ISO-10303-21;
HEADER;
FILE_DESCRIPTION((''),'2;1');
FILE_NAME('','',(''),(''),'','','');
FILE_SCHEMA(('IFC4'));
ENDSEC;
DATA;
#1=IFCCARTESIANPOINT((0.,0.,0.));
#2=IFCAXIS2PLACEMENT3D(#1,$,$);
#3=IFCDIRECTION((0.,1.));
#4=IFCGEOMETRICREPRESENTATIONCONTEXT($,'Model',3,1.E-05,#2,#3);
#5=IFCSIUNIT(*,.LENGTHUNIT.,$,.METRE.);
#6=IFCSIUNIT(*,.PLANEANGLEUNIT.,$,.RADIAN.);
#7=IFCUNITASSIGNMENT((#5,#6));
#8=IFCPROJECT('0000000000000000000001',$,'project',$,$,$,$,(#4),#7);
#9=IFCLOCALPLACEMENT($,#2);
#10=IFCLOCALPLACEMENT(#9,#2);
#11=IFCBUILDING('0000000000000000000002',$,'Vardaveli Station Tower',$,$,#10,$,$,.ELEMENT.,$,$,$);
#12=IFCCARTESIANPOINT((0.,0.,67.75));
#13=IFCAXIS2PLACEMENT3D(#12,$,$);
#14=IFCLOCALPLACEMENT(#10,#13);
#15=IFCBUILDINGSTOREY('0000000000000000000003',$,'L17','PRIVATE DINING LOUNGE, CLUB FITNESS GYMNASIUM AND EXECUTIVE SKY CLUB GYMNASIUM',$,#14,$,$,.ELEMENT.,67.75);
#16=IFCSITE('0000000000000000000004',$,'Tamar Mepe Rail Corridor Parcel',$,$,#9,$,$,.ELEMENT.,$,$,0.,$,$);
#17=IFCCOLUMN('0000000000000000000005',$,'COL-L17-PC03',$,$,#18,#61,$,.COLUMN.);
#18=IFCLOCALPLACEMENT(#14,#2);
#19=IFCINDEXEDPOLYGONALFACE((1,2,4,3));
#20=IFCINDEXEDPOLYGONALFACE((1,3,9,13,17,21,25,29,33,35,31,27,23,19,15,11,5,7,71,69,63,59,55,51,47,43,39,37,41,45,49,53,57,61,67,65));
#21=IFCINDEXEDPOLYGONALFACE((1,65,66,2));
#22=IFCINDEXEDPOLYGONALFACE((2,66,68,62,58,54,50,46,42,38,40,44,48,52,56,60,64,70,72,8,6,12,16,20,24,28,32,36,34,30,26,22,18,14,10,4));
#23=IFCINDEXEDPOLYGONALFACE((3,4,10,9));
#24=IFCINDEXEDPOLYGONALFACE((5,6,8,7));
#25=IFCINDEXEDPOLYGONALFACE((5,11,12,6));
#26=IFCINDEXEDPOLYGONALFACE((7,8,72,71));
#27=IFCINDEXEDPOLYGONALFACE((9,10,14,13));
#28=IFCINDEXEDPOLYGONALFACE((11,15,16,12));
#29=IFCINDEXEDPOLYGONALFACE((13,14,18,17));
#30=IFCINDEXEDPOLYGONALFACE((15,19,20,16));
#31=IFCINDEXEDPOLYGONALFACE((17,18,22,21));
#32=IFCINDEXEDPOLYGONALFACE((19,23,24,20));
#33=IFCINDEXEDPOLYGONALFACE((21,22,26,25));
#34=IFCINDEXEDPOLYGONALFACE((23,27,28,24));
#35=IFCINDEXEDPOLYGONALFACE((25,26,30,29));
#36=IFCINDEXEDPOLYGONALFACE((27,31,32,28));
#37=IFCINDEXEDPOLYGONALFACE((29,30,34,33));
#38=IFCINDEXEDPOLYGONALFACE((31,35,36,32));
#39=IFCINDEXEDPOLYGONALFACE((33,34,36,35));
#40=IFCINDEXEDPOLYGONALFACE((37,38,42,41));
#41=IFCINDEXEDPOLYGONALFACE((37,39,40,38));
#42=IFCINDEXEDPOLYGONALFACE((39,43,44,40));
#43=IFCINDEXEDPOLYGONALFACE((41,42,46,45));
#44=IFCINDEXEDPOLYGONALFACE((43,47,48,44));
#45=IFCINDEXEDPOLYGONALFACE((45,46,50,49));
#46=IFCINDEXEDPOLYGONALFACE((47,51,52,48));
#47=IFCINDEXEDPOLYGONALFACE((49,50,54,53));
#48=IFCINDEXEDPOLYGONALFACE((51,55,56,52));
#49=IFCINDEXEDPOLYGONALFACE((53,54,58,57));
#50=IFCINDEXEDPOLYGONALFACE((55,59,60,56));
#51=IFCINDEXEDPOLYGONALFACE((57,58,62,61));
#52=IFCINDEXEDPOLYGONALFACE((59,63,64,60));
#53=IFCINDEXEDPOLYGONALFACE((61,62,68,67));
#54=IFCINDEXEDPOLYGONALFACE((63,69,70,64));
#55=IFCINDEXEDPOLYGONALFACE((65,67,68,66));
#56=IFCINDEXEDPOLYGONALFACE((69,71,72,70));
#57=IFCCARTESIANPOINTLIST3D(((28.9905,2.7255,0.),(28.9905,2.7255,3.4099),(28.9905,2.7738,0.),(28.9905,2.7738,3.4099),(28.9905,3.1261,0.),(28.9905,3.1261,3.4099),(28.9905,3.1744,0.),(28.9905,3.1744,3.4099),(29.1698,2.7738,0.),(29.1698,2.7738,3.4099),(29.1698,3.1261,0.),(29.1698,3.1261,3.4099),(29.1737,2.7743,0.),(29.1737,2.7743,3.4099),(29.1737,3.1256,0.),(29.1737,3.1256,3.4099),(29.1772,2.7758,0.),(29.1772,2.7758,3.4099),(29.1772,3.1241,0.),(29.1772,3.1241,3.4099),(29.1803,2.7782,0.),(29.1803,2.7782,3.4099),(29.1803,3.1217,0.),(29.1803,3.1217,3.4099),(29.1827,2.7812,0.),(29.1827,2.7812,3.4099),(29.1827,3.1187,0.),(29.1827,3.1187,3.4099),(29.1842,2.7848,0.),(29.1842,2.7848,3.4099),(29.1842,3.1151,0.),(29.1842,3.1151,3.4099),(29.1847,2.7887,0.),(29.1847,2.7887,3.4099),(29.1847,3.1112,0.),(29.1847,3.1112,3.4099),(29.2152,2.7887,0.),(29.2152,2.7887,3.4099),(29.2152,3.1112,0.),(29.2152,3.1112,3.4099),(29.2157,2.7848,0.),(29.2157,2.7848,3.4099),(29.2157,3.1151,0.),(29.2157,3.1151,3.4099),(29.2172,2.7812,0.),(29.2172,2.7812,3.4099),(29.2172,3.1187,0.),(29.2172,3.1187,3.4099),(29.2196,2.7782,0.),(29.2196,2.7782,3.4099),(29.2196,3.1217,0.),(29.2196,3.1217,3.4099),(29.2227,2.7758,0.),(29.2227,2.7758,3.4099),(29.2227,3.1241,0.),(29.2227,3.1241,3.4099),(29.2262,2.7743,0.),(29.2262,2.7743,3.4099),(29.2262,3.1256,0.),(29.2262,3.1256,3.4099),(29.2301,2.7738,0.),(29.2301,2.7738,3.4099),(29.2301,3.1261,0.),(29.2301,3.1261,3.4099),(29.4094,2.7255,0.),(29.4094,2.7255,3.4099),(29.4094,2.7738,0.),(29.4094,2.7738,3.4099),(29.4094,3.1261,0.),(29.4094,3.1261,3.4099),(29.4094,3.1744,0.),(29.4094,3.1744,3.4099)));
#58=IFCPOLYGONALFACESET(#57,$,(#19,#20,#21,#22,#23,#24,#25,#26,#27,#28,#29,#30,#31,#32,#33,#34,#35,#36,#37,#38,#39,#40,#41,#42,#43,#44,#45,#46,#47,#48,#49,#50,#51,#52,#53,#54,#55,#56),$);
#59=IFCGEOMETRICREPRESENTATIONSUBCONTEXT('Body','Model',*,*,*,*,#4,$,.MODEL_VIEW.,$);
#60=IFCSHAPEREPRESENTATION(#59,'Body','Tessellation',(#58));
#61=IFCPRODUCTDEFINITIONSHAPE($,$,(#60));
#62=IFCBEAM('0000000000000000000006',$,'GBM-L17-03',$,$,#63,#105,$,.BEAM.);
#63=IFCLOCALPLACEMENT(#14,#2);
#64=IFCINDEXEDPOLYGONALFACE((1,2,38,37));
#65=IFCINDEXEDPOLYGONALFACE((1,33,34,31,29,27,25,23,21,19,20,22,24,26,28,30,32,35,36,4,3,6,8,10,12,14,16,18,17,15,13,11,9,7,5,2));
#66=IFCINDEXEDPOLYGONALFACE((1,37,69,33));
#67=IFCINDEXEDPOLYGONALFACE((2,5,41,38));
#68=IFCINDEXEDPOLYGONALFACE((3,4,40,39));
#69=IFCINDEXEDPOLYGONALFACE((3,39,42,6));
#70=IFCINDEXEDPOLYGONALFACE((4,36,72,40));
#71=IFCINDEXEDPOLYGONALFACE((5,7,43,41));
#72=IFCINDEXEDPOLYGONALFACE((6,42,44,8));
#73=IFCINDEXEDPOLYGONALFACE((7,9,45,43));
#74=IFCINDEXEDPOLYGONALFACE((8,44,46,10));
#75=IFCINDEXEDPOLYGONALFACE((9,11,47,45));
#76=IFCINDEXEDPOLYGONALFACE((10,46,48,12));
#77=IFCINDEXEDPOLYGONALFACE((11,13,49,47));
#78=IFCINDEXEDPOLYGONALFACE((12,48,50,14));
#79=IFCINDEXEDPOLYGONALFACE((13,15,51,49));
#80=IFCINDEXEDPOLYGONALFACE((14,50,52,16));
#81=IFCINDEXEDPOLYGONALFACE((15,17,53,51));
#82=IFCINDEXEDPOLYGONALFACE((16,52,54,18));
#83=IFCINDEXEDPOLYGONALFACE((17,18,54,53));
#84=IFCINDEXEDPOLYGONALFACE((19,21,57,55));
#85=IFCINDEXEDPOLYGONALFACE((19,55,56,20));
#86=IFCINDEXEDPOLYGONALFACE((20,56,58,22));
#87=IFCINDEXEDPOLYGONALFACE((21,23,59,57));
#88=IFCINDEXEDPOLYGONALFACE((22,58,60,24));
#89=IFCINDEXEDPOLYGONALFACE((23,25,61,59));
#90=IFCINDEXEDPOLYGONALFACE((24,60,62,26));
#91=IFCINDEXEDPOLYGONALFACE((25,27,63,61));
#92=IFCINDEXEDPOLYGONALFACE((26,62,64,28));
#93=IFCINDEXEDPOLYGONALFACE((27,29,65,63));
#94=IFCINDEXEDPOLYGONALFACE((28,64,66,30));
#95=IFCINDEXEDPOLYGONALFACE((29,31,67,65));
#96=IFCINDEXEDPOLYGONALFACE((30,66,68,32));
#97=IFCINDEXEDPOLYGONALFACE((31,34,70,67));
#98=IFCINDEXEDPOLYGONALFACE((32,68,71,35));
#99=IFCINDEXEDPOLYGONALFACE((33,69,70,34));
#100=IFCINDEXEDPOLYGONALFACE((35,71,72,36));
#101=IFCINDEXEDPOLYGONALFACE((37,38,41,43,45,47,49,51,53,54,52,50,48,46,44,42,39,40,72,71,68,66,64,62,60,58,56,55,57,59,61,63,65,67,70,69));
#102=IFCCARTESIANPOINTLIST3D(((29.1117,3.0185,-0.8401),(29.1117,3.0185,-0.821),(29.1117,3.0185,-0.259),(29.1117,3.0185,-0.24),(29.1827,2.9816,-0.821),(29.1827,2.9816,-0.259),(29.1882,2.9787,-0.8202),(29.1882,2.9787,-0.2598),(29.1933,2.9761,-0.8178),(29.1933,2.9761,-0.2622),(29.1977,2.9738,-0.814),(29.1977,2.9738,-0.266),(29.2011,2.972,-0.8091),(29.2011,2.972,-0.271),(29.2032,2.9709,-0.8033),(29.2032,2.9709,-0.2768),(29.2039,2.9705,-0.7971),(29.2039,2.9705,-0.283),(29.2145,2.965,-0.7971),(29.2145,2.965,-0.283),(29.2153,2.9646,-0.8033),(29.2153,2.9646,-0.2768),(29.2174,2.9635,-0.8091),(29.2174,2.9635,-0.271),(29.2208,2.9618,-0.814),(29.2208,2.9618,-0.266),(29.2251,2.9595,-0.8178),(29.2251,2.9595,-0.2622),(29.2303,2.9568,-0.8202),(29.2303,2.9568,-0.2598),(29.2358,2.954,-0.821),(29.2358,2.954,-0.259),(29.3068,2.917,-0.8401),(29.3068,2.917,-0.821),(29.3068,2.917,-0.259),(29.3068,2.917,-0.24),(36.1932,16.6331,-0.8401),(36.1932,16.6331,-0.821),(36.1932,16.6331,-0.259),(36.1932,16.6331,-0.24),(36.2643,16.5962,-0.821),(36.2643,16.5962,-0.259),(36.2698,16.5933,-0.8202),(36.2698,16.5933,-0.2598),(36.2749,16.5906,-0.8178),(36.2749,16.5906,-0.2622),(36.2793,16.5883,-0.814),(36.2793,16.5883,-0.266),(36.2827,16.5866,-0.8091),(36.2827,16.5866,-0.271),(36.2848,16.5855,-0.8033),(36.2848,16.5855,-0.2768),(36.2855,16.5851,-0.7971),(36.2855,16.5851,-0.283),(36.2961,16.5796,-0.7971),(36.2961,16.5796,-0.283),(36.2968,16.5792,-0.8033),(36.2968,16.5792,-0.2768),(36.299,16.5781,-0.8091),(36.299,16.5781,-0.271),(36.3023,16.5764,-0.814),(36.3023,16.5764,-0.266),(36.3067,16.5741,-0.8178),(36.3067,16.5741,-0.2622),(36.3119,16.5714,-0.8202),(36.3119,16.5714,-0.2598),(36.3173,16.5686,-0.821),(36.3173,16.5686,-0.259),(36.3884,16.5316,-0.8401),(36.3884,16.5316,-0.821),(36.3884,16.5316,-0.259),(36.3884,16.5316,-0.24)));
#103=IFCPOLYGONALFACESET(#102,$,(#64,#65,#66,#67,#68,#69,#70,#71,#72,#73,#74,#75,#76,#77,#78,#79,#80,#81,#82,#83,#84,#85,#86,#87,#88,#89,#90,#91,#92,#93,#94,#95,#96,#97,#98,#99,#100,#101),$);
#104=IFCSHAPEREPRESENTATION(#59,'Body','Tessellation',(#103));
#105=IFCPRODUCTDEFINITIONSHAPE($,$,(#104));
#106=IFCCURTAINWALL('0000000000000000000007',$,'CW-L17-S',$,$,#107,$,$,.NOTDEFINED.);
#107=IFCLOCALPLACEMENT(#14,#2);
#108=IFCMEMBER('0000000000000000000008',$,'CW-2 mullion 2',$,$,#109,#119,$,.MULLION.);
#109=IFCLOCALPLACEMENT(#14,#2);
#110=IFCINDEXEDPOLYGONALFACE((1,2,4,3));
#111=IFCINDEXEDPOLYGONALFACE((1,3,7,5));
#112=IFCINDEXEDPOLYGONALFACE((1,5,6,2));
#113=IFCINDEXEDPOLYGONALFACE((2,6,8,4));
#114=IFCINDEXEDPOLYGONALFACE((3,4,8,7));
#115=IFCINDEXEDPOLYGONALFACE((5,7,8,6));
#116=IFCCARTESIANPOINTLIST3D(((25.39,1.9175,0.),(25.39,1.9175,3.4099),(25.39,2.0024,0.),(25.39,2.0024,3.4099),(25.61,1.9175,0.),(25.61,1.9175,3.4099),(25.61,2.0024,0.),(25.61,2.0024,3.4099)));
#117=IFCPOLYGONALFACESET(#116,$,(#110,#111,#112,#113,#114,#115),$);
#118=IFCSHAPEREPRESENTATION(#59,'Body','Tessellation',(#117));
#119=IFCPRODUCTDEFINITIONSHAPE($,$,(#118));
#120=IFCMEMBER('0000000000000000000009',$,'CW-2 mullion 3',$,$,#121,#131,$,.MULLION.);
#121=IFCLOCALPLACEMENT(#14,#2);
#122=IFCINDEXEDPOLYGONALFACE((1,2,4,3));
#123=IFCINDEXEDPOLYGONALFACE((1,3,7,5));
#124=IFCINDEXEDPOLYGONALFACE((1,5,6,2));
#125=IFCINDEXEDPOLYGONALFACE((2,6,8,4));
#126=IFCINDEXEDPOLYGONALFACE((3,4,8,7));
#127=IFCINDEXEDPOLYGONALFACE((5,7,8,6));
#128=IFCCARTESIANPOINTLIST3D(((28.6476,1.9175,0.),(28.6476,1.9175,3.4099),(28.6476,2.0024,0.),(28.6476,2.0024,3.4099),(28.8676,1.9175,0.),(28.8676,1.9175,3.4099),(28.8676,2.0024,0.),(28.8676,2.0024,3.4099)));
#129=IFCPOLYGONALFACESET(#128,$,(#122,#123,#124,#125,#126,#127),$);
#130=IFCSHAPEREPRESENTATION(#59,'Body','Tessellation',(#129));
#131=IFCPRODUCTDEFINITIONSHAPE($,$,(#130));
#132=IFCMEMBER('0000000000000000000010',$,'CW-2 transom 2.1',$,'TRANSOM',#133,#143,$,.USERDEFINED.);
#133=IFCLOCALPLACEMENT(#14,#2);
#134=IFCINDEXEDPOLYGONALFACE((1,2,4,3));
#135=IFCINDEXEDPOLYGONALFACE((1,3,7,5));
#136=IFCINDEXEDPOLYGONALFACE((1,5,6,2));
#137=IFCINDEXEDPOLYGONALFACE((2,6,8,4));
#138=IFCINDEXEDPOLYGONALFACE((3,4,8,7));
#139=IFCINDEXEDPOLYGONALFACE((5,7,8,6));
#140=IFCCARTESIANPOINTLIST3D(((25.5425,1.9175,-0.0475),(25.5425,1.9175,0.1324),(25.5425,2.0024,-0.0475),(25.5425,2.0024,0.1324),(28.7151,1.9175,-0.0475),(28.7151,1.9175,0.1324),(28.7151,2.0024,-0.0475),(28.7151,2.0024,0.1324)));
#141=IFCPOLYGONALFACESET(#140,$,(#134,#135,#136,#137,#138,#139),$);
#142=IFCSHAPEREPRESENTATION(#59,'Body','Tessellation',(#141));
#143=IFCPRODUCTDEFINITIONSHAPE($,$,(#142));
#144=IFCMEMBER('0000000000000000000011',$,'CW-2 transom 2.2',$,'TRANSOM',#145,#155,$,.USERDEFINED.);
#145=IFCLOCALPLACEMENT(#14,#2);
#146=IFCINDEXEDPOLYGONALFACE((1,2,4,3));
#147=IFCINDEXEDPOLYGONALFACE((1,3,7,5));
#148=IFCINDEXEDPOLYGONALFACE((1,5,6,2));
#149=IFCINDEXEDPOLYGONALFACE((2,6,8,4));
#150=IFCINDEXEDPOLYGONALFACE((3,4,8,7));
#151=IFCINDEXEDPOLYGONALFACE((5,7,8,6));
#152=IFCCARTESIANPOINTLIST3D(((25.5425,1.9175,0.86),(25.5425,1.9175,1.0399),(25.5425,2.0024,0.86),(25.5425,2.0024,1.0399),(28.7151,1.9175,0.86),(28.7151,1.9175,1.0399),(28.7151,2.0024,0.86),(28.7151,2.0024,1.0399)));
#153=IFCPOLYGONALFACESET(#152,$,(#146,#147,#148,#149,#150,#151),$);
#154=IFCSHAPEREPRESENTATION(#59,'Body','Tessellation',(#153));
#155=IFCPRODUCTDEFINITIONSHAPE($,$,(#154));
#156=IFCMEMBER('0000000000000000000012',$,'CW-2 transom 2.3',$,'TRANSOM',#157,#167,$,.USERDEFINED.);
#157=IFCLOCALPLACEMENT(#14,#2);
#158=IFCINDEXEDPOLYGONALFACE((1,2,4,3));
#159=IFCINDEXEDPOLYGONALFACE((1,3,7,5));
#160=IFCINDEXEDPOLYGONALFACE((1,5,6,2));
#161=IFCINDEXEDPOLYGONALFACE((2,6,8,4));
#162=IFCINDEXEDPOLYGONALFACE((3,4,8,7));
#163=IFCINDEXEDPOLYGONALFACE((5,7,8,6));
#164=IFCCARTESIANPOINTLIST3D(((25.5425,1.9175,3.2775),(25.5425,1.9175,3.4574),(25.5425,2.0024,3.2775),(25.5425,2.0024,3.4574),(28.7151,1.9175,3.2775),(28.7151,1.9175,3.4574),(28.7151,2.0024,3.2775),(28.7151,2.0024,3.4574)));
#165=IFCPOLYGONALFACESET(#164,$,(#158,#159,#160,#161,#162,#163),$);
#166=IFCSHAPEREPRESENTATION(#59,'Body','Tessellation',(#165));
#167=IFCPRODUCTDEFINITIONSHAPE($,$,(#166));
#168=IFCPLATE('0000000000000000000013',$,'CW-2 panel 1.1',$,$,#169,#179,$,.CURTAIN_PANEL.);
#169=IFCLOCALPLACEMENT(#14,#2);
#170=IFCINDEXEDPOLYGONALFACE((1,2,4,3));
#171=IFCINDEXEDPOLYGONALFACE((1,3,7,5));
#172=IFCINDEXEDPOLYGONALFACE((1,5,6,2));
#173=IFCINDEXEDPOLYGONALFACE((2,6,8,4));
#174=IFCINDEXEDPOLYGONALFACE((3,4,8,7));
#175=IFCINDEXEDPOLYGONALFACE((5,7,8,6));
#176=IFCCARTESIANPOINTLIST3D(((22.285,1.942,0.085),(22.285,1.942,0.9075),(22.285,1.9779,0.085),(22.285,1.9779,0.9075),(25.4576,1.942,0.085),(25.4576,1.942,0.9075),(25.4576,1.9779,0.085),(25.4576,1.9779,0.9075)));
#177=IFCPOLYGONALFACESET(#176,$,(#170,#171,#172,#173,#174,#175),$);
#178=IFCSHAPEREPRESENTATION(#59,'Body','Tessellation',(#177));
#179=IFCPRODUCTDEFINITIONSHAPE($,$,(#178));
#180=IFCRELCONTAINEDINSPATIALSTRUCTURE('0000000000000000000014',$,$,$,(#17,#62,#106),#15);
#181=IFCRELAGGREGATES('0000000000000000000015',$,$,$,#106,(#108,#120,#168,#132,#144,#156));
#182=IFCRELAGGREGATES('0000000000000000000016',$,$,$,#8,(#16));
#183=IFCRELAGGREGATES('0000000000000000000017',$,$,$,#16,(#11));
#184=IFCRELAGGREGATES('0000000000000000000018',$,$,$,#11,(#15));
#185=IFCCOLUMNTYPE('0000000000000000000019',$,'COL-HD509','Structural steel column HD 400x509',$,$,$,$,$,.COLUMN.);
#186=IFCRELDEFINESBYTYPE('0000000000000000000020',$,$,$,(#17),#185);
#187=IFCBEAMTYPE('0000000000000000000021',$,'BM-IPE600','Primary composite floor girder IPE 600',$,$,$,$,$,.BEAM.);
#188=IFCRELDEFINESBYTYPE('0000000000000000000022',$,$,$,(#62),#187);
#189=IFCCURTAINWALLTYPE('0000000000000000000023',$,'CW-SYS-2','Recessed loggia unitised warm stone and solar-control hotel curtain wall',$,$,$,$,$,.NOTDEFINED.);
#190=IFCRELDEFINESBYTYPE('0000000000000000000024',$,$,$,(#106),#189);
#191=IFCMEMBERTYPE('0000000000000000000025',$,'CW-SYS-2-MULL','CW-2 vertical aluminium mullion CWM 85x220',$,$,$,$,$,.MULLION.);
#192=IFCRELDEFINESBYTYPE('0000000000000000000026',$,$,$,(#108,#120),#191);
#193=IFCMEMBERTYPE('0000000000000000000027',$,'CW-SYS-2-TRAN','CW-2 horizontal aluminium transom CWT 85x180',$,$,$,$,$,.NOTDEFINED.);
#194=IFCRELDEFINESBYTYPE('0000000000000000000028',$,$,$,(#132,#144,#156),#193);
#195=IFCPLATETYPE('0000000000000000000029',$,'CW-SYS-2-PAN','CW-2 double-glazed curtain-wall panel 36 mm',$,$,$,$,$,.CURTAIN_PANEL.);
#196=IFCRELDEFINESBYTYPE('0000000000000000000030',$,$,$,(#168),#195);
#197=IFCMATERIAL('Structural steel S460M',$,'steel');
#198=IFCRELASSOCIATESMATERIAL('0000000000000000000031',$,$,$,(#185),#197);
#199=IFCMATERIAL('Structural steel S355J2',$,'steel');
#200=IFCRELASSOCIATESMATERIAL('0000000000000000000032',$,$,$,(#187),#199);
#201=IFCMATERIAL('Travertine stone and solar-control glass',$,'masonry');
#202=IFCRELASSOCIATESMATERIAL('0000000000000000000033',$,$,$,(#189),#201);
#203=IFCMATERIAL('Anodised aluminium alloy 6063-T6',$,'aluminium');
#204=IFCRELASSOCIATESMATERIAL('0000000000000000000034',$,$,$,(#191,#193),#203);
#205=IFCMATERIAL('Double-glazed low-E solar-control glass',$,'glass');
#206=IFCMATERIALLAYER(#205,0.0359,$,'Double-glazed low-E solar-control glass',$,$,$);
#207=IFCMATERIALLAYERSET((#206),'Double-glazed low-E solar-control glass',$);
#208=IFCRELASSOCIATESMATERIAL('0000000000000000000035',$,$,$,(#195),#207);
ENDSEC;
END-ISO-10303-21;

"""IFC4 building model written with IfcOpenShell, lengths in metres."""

from ifc_helpers import new_model, si_unit, direction, frame, origin, origin_2d, place, context, subcontext, project, spatial, rectangle, i_section, extrude, source, transform, mapped, material, layer, layer_set, material_profile, profile_set, type_object, element, aggregate, save


model = new_model("IFC4")

# Units and contexts
model_context = context("Model", 3, precision=1e-05, world=origin(), true_north=direction((0.0, 1.0)))
body_context = subcontext(model_context, "Body", "Model", "MODEL_VIEW")
ifc_project = project(units=[si_unit("LENGTHUNIT", "METRE"), si_unit("PLANEANGLEUNIT", "RADIAN")], contexts=[model_context])

# Site, building, storey
site_placement = place(None, origin())
site = spatial("IfcSite", under=ifc_project, at=site_placement, Name="Tamar Mepe Rail Corridor Parcel", CompositionType="ELEMENT", RefElevation=0.0)
building_placement = place(site_placement, origin())
building = spatial("IfcBuilding", under=site, at=building_placement, Name="Vardaveli Station Tower", CompositionType="ELEMENT")
storey_placement = place(building_placement, frame((0.0, 0.0, 67.75)))
storey = spatial("IfcBuildingStorey", under=building, at=storey_placement, Name="L17", Description="PRIVATE DINING LOUNGE, CLUB FITNESS GYMNASIUM AND EXECUTIVE SKY CLUB GYMNASIUM", CompositionType="ELEMENT", Elevation=67.75)

# Column
ifc_material_1 = material(Name="Structural steel S460M", Category="steel")
ifc_material_profile_1 = material_profile(ifc_material_1, i_section(OverallWidth=0.4189, OverallDepth=0.449, WebThickness=0.0305, FlangeThickness=0.0483, FilletRadius=0.0149, at=origin_2d()), Name="HD 400x509")
ifc_profile_set_1 = profile_set([ifc_material_profile_1], Name="Structural steel S460M")
column_type = type_object("IfcColumnType", Name="COL-HD509", Description="Structural steel column HD 400x509", PredefinedType="COLUMN", material=ifc_profile_set_1)
shared_shape_1 = source(origin(), body_context, "Body", "SweptSolid", [
    extrude(i_section(OverallWidth=0.4189, OverallDepth=0.449, WebThickness=0.0305, FlangeThickness=0.0483, FilletRadius=0.0149, at=origin_2d()), origin(), (0.0, 0.0, 1.0), 3.4099),
])
column_placement = place(storey_placement, frame((29.2, 2.95, 0.0), z_axis=(0.0, 0.0, 1.0), x_axis=(1.0, 0.0, 0.0)))
element("IfcColumn", 1, at=column_placement, inside=storey, type_object=column_type, Name="COL-L17-PC03", PredefinedType="COLUMN", context=body_context, shape_type="MappedRepresentation", body=[
    mapped(shared_shape_1, transform((0.0, 0.0, 0.0), scale=1.0)),
])

# Beam
ifc_material_2 = material(Name="Structural steel S355J2", Category="steel")
ifc_material_profile_2 = material_profile(ifc_material_2, i_section(OverallWidth=0.22, OverallDepth=0.6001, WebThickness=0.012, FlangeThickness=0.019, FilletRadius=0.0239, at=origin_2d()), Name="IPE 600")
ifc_profile_set_2 = profile_set([ifc_material_profile_2], Name="Structural steel S355J2")
beam_type = type_object("IfcBeamType", Name="BM-IPE600", Description="Primary composite floor girder IPE 600", PredefinedType="BEAM", material=ifc_profile_set_2)
shared_shape_2 = source(origin(), body_context, "Body", "SweptSolid", [
    extrude(i_section(OverallWidth=0.22, OverallDepth=0.6001, WebThickness=0.012, FlangeThickness=0.019, FilletRadius=0.0239, at=origin_2d()), origin(), (0.0, 0.0, 1.0), 15.3462),
])
beam_placement = place(storey_placement, frame((29.2092, 2.9678, -0.54), z_axis=(0.461455, 0.887163, 0.0), x_axis=(-0.887163, 0.461455, 0.0)))
element("IfcBeam", 2, at=beam_placement, inside=storey, type_object=beam_type, Name="GBM-L17-03", PredefinedType="BEAM", context=body_context, shape_type="MappedRepresentation", body=[
    mapped(shared_shape_2, transform((0.0, 0.0, 0.0), scale=1.0)),
])

# Curtain wall, members, plate
ifc_material_3 = material(Name="Travertine stone and solar-control glass", Category="masonry")
curtain_wall_type = type_object("IfcCurtainWallType", Name="CW-SYS-2", Description="Recessed loggia unitised warm stone and solar-control hotel curtain wall", PredefinedType="NOTDEFINED", material=ifc_material_3)
curtain_wall_placement = place(storey_placement, origin())
curtain_wall = element("IfcCurtainWall", 3, at=curtain_wall_placement, inside=storey, type_object=curtain_wall_type, Name="CW-L17-S", PredefinedType="NOTDEFINED")
ifc_material_4 = material(Name="Anodised aluminium alloy 6063-T6", Category="aluminium")
ifc_material_profile_3 = material_profile(ifc_material_4, rectangle(XDim=0.085, YDim=0.22, at=origin_2d()), Name="CWM 85x220")
ifc_profile_set_3 = profile_set([ifc_material_profile_3], Name="Anodised aluminium alloy 6063-T6")
member_type_1 = type_object("IfcMemberType", Name="CW-SYS-2-MULL", Description="CW-2 vertical aluminium mullion CWM 85x220", PredefinedType="MULLION", material=ifc_profile_set_3)
shared_shape_3 = source(origin(), body_context, "Body", "SweptSolid", [
    extrude(rectangle(XDim=0.085, YDim=0.22, at=origin_2d()), origin(), (0.0, 0.0, 1.0), 3.4099),
])
member_1_placement = place(storey_placement, frame((25.5, 1.96, 0.0), z_axis=(0.0, 0.0, 1.0), x_axis=(0.0, 1.0, 0.0)))
member_1 = element("IfcMember", 4, at=member_1_placement, type_object=member_type_1, Name="CW-2 mullion 2", PredefinedType="MULLION", context=body_context, shape_type="MappedRepresentation", body=[
    mapped(shared_shape_3, transform((0.0, 0.0, 0.0), scale=1.0)),
])
member_2_placement = place(storey_placement, frame((28.7576, 1.96, 0.0), z_axis=(0.0, 0.0, 1.0), x_axis=(0.0, 1.0, 0.0)))
member_2 = element("IfcMember", 5, at=member_2_placement, type_object=member_type_1, Name="CW-2 mullion 3", PredefinedType="MULLION", context=body_context, shape_type="MappedRepresentation", body=[
    mapped(shared_shape_3, transform((0.0, 0.0, 0.0), scale=1.0)),
])
ifc_material_profile_4 = material_profile(ifc_material_4, rectangle(XDim=0.085, YDim=0.1799, at=origin_2d()), Name="CWT 85x180")
ifc_profile_set_4 = profile_set([ifc_material_profile_4], Name="Anodised aluminium alloy 6063-T6")
member_type_2 = type_object("IfcMemberType", Name="CW-SYS-2-TRAN", Description="CW-2 horizontal aluminium transom CWT 85x180", PredefinedType="NOTDEFINED", material=ifc_profile_set_4)
shared_shape_4 = source(origin(), body_context, "Body", "SweptSolid", [
    extrude(rectangle(XDim=0.085, YDim=0.1799, at=origin_2d()), origin(), (0.0, 0.0, 1.0), 3.1726),
])
member_3_placement = place(storey_placement, frame((25.5425, 1.96, 0.0425), z_axis=(1.0, 0.0, 0.0), x_axis=(0.0, 1.0, 0.0)))
member_3 = element("IfcMember", 6, at=member_3_placement, type_object=member_type_2, Name="CW-2 transom 2.1", ObjectType="TRANSOM", PredefinedType="USERDEFINED", context=body_context, shape_type="MappedRepresentation", body=[
    mapped(shared_shape_4, transform((0.0, 0.0, 0.0), scale=1.0)),
])
member_4_placement = place(storey_placement, frame((25.5425, 1.96, 0.95), z_axis=(1.0, 0.0, 0.0), x_axis=(0.0, 1.0, 0.0)))
member_4 = element("IfcMember", 7, at=member_4_placement, type_object=member_type_2, Name="CW-2 transom 2.2", ObjectType="TRANSOM", PredefinedType="USERDEFINED", context=body_context, shape_type="MappedRepresentation", body=[
    mapped(shared_shape_4, transform((0.0, 0.0, 0.0), scale=1.0)),
])
member_5_placement = place(storey_placement, frame((25.5425, 1.96, 3.3674), z_axis=(1.0, 0.0, 0.0), x_axis=(0.0, 1.0, 0.0)))
member_5 = element("IfcMember", 8, at=member_5_placement, type_object=member_type_2, Name="CW-2 transom 2.3", ObjectType="TRANSOM", PredefinedType="USERDEFINED", context=body_context, shape_type="MappedRepresentation", body=[
    mapped(shared_shape_4, transform((0.0, 0.0, 0.0), scale=1.0)),
])
ifc_material_5 = material(Name="Double-glazed low-E solar-control glass", Category="glass")
ifc_layer_1 = layer(ifc_material_5, 0.0359, Name="Double-glazed low-E solar-control glass")
ifc_layer_set_1 = layer_set([ifc_layer_1], Name="Double-glazed low-E solar-control glass")
plate_type = type_object("IfcPlateType", Name="CW-SYS-2-PAN", Description="CW-2 double-glazed curtain-wall panel 36 mm", PredefinedType="CURTAIN_PANEL", material=ifc_layer_set_1)
shared_shape_5 = source(origin(), body_context, "Body", "SweptSolid", [
    extrude(rectangle(XDim=3.1726, YDim=0.0359, at=origin_2d()), origin(), (0.0, 0.0, 1.0), 0.8225),
])
plate_1_placement = place(storey_placement, frame((23.8713, 1.96, 0.085), z_axis=(0.0, 0.0, 1.0), x_axis=(1.0, 0.0, 0.0)))
plate_1 = element("IfcPlate", 9, at=plate_1_placement, type_object=plate_type, Name="CW-2 panel 1.1", PredefinedType="CURTAIN_PANEL", context=body_context, shape_type="MappedRepresentation", body=[
    mapped(shared_shape_5, transform((0.0, 0.0, 0.0), scale=1.0)),
])
aggregate(curtain_wall, [member_1, member_2, plate_1, member_3, member_4, member_5])

save(model, "model.ifc")
